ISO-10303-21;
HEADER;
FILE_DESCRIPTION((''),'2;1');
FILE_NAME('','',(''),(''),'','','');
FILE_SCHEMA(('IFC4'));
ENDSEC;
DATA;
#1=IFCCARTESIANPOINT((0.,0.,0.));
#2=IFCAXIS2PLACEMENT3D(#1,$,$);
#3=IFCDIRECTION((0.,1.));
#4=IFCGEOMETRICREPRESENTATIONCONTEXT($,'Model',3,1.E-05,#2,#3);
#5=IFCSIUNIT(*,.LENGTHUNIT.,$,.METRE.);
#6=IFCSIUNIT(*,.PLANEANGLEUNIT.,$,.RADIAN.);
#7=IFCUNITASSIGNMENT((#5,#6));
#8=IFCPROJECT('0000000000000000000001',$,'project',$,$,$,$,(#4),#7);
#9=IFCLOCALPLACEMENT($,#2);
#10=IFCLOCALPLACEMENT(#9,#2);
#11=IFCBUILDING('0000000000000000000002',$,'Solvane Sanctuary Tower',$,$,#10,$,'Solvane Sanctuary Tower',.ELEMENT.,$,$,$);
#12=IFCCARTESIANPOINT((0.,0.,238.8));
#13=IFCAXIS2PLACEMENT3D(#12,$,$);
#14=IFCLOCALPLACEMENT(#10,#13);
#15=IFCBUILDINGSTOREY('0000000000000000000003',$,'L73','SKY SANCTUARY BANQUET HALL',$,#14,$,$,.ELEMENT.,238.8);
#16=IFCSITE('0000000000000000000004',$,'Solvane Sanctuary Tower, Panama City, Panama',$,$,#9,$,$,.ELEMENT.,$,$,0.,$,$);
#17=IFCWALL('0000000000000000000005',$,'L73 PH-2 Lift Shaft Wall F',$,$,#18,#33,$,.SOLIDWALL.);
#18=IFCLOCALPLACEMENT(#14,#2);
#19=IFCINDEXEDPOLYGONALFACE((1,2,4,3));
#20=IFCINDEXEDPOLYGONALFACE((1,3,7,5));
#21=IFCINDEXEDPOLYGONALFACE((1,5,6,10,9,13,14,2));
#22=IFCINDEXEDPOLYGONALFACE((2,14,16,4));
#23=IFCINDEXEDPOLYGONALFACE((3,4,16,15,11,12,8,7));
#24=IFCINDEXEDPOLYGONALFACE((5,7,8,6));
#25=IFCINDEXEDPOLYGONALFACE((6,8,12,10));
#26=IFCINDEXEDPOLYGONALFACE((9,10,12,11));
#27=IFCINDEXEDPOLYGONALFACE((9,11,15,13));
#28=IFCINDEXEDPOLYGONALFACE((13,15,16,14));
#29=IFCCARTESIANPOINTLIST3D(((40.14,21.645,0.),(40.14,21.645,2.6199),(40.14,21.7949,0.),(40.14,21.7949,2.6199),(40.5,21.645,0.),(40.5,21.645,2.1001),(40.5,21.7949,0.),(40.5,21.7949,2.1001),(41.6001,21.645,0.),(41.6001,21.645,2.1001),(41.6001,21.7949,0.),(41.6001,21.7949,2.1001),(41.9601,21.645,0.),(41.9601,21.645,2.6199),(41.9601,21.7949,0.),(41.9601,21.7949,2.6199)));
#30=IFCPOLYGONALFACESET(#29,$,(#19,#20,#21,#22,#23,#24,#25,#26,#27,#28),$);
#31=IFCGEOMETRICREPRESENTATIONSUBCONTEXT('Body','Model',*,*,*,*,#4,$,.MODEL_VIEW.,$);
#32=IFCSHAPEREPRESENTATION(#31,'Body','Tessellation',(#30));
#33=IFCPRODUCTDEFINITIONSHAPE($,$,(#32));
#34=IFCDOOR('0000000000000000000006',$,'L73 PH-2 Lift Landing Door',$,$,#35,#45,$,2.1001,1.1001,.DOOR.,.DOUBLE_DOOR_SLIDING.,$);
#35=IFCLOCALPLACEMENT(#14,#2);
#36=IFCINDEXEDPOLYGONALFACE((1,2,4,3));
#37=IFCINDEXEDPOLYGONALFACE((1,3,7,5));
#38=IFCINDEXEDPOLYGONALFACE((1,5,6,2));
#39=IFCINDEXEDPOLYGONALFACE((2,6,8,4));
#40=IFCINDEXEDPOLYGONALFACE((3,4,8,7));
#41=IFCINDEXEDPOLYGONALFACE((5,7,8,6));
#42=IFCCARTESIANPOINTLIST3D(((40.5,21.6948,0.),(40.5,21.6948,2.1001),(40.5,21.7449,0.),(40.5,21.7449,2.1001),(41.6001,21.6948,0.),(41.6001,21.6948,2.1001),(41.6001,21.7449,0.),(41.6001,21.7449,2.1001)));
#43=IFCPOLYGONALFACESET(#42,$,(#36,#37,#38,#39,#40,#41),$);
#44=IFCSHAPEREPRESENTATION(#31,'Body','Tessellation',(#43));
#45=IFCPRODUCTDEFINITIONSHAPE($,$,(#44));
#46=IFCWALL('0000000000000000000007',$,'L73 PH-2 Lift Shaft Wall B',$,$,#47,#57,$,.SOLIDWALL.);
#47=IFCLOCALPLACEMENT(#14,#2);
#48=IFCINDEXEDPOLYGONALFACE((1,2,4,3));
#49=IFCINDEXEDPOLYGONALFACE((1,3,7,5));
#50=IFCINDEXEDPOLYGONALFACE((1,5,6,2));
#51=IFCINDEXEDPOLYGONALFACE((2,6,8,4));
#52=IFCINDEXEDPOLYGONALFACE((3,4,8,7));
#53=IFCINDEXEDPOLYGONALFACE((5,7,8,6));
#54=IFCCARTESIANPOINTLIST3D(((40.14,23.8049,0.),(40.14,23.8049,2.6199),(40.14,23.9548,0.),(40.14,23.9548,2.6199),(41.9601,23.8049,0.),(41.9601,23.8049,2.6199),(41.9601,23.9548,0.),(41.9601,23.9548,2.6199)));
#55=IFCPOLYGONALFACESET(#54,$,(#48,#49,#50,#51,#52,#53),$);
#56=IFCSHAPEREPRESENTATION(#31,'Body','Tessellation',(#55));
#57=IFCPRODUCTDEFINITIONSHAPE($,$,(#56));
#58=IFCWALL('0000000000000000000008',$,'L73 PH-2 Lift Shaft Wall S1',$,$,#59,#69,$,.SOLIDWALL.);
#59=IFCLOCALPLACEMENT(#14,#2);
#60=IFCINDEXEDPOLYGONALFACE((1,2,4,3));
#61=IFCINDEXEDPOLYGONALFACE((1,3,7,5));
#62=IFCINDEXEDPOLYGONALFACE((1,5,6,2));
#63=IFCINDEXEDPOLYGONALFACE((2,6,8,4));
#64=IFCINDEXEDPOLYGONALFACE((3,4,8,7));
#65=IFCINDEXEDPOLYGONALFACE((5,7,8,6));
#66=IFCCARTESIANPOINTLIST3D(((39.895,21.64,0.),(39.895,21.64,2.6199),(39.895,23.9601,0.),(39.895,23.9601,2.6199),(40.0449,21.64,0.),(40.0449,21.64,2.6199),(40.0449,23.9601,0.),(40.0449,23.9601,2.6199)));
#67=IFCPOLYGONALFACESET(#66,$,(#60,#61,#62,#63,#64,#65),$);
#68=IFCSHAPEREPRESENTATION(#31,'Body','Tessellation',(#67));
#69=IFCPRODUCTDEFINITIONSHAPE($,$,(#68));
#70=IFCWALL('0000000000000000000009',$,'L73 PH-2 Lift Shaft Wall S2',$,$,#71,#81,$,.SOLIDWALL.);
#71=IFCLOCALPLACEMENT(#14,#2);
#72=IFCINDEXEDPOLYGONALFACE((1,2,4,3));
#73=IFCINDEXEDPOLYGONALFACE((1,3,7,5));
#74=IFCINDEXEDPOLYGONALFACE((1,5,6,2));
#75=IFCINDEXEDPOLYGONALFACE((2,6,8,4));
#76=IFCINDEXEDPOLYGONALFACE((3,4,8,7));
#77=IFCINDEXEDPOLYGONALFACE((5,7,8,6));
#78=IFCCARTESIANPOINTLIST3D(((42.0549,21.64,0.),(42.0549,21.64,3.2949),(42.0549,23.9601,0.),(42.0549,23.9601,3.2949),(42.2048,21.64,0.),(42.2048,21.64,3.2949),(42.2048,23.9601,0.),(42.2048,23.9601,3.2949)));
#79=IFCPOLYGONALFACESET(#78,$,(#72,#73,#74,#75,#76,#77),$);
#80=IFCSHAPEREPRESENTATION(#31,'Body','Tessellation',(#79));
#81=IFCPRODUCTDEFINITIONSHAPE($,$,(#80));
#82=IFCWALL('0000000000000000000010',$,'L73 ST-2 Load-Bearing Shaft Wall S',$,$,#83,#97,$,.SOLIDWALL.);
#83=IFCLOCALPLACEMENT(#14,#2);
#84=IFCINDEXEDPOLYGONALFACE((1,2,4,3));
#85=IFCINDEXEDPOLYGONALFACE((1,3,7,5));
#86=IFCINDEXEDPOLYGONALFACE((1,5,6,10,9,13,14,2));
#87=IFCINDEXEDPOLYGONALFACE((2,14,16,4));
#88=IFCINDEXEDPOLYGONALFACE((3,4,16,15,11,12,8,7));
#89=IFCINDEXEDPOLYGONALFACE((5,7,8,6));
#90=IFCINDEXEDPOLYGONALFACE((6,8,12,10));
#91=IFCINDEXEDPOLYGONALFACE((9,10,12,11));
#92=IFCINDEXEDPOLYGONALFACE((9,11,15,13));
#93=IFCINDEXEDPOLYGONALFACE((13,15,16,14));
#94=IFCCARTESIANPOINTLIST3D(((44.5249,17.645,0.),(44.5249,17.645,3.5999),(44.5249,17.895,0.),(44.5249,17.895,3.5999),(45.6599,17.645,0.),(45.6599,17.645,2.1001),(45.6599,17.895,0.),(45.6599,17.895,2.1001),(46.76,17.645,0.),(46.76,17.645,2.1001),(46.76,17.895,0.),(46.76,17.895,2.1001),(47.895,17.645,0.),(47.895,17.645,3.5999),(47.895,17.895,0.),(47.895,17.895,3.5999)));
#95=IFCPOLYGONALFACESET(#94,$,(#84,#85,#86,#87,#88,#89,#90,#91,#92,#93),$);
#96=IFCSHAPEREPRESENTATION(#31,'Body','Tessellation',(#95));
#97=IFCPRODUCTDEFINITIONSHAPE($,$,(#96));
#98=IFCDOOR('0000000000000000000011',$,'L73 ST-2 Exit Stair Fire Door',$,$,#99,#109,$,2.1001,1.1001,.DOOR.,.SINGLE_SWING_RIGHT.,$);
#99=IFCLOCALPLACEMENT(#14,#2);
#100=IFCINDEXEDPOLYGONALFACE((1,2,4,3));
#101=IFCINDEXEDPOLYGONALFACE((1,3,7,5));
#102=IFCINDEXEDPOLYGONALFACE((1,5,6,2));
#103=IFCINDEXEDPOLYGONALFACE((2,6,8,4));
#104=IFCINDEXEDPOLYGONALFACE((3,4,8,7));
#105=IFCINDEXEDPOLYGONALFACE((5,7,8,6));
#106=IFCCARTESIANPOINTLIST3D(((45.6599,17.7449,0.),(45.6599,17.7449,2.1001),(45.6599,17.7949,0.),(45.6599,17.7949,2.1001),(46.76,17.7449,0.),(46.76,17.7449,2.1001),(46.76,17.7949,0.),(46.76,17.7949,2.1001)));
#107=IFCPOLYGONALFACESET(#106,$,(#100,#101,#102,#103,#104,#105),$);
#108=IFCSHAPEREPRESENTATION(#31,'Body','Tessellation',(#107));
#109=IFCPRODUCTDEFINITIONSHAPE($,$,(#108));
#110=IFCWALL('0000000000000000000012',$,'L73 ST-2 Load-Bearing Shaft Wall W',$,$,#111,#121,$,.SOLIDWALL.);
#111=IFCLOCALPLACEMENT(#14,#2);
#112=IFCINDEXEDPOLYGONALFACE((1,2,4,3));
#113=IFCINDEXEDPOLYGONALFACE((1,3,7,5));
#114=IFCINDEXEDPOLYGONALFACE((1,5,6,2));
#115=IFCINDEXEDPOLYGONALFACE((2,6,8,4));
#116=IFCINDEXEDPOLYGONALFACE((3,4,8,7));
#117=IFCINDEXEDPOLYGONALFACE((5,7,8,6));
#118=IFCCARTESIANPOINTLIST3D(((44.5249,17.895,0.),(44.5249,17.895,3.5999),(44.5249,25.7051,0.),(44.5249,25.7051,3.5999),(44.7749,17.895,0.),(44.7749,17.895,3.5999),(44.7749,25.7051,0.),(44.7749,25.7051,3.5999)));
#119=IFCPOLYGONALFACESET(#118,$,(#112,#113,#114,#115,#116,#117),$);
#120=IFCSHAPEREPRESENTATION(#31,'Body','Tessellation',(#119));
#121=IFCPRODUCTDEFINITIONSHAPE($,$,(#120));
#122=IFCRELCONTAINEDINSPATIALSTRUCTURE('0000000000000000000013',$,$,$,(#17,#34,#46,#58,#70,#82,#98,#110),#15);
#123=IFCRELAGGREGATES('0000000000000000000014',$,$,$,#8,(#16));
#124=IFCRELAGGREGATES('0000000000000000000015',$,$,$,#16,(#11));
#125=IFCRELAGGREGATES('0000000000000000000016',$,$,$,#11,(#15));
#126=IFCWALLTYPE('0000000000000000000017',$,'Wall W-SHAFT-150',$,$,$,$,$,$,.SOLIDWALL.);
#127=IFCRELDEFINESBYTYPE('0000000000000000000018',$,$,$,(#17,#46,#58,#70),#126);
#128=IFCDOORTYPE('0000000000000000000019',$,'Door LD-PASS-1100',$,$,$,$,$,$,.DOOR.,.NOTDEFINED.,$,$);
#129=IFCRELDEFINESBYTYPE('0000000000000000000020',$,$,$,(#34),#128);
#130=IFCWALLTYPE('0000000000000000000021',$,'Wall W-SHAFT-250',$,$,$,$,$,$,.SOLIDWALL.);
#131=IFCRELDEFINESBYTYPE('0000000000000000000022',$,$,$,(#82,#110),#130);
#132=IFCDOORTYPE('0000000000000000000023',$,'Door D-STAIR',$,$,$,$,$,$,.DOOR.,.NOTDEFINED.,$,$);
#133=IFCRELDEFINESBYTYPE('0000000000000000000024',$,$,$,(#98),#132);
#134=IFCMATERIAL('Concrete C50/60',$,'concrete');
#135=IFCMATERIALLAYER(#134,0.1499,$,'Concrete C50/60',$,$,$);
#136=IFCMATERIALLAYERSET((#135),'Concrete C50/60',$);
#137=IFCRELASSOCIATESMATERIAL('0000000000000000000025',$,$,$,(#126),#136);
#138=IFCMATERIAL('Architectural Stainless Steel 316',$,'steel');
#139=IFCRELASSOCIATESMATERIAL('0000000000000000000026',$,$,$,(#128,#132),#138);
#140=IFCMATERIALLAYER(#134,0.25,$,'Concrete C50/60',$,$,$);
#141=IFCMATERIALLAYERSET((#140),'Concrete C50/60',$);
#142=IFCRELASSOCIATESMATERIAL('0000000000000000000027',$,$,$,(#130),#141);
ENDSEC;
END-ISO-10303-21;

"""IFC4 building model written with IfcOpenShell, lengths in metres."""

from ifc_helpers import new_model, si_unit, direction, frame, frame_2d, origin, place, context, subcontext, project, spatial, rectangle, extrude, material, layer, layer_set, type_object, element, fill, save


model = new_model("IFC4")

# Units and contexts
model_context = context("Model", 3, precision=1e-05, world=origin(), true_north=direction((0.0, 1.0)))
body_context = subcontext(model_context, "Body", "Model", "MODEL_VIEW")
ifc_project = project(units=[si_unit("LENGTHUNIT", "METRE"), si_unit("PLANEANGLEUNIT", "RADIAN")], contexts=[model_context])

# Site, building, storey
site_placement = place(None, origin())
site = spatial("IfcSite", under=ifc_project, at=site_placement, Name="Solvane Sanctuary Tower, Panama City, Panama", CompositionType="ELEMENT", RefElevation=0.0)
building_placement = place(site_placement, origin())
building = spatial("IfcBuilding", under=site, at=building_placement, Name="Solvane Sanctuary Tower", LongName="Solvane Sanctuary Tower", CompositionType="ELEMENT")
storey_placement = place(building_placement, frame((0.0, 0.0, 238.8)))
storey = spatial("IfcBuildingStorey", under=building, at=storey_placement, Name="L73", Description="SKY SANCTUARY BANQUET HALL", CompositionType="ELEMENT", Elevation=238.8)

# Shared definitions
ifc_material_1 = material(Name="Architectural Stainless Steel 316", Category="steel")

# Wall, opening, door
ifc_material_2 = material(Name="Concrete C50/60", Category="concrete")
ifc_layer_1 = layer(ifc_material_2, 0.1499, Name="Concrete C50/60")
ifc_layer_set_1 = layer_set([ifc_layer_1], Name="Concrete C50/60")
wall_type_1 = type_object("IfcWallType", Name="Wall W-SHAFT-150", PredefinedType="SOLIDWALL", material=ifc_layer_set_1)
wall_1_placement = place(storey_placement, frame((40.1399, 21.72, 0.0), z_axis=(0.0, 0.0, 1.0), x_axis=(1.0, 0.0, 0.0)))
wall_1 = element("IfcWall", 1, at=wall_1_placement, inside=storey, type_object=wall_type_1, Name="L73 PH-2 Lift Shaft Wall F", PredefinedType="SOLIDWALL", context=body_context, shape_type="SweptSolid", body=[
    extrude(rectangle(XDim=1.8201, YDim=0.1499, at=frame_2d((0.9102, 0.0))), origin(), (0.0, 0.0, 1.0), 2.6199),
])
opening_1_placement = place(wall_1_placement, frame((0.3601, 0.0, 0.0)))
opening_1 = element("IfcOpeningElement", 2, at=opening_1_placement, cuts=wall_1, PredefinedType="OPENING", context=body_context, shape_type="SweptSolid", body=[
    extrude(rectangle(XDim=1.1001, YDim=2.1001, at=frame_2d((0.55, 1.05))), frame((0.0, 0.085, 0.0), z_axis=(0.0, -1.0, 0.0), x_axis=(1.0, 0.0, 0.0)), (0.0, 0.0, 1.0), 0.1699),
])
door_type_1 = type_object("IfcDoorType", Name="Door LD-PASS-1100", OperationType="NOTDEFINED", PredefinedType="DOOR", material=ifc_material_1)
door_1_placement = place(opening_1_placement, origin())
door_1 = element("IfcDoor", 3, at=door_1_placement, inside=storey, type_object=door_type_1, Name="L73 PH-2 Lift Landing Door", OperationType="DOUBLE_DOOR_SLIDING", OverallHeight=2.1001, OverallWidth=1.1001, PredefinedType="DOOR", context=body_context, shape_type="SweptSolid", body=[
    extrude(rectangle(XDim=1.1001, YDim=2.1001, at=frame_2d((0.55, 1.05))), frame((0.0, 0.0249, 0.0), z_axis=(0.0, -1.0, 0.0), x_axis=(1.0, 0.0, 0.0)), (0.0, 0.0, 1.0), 0.05),
])
fill(opening_1, door_1)

# Walls
wall_2_placement = place(storey_placement, frame((40.1399, 23.8799, 0.0), z_axis=(0.0, 0.0, 1.0), x_axis=(1.0, 0.0, 0.0)))
element("IfcWall", 4, at=wall_2_placement, inside=storey, type_object=wall_type_1, Name="L73 PH-2 Lift Shaft Wall B", PredefinedType="SOLIDWALL", context=body_context, shape_type="SweptSolid", body=[
    extrude(rectangle(XDim=1.8201, YDim=0.1499, at=frame_2d((0.9102, 0.0))), origin(), (0.0, 0.0, 1.0), 2.6199),
])
wall_3_placement = place(storey_placement, frame((39.97, 21.6399, 0.0), z_axis=(0.0, 0.0, 1.0), x_axis=(0.0, 1.0, 0.0)))
element("IfcWall", 5, at=wall_3_placement, inside=storey, type_object=wall_type_1, Name="L73 PH-2 Lift Shaft Wall S1", PredefinedType="SOLIDWALL", context=body_context, shape_type="SweptSolid", body=[
    extrude(rectangle(XDim=2.3201, YDim=0.1499, at=frame_2d((1.1602, 0.0))), origin(), (0.0, 0.0, 1.0), 2.6199),
])
wall_4_placement = place(storey_placement, frame((42.1299, 21.6399, 0.0), z_axis=(0.0, 0.0, 1.0), x_axis=(0.0, 1.0, 0.0)))
element("IfcWall", 6, at=wall_4_placement, inside=storey, type_object=wall_type_1, Name="L73 PH-2 Lift Shaft Wall S2", PredefinedType="SOLIDWALL", context=body_context, shape_type="SweptSolid", body=[
    extrude(rectangle(XDim=2.3201, YDim=0.1499, at=frame_2d((1.1602, 0.0))), origin(), (0.0, 0.0, 1.0), 3.2949),
])

# Wall, opening, door
ifc_layer_2 = layer(ifc_material_2, 0.25, Name="Concrete C50/60")
ifc_layer_set_2 = layer_set([ifc_layer_2], Name="Concrete C50/60")
wall_type_2 = type_object("IfcWallType", Name="Wall W-SHAFT-250", PredefinedType="SOLIDWALL", material=ifc_layer_set_2)
wall_5_placement = place(storey_placement, frame((44.5249, 17.77, 0.0), z_axis=(0.0, 0.0, 1.0), x_axis=(1.0, 0.0, 0.0)))
wall_5 = element("IfcWall", 7, at=wall_5_placement, inside=storey, type_object=wall_type_2, Name="L73 ST-2 Load-Bearing Shaft Wall S", PredefinedType="SOLIDWALL", context=body_context, shape_type="SweptSolid", body=[
    extrude(rectangle(XDim=3.3701, YDim=0.25, at=frame_2d((1.6851, 0.0))), origin(), (0.0, 0.0, 1.0), 3.5999),
])
opening_2_placement = place(wall_5_placement, frame((1.135, 0.0, 0.0)))
opening_2 = element("IfcOpeningElement", 8, at=opening_2_placement, cuts=wall_5, PredefinedType="OPENING", context=body_context, shape_type="SweptSolid", body=[
    extrude(rectangle(XDim=1.1001, YDim=2.1001, at=frame_2d((0.55, 1.05))), frame((0.0, 0.135, 0.0), z_axis=(0.0, -1.0, 0.0), x_axis=(1.0, 0.0, 0.0)), (0.0, 0.0, 1.0), 0.27),
])
door_type_2 = type_object("IfcDoorType", Name="Door D-STAIR", OperationType="NOTDEFINED", PredefinedType="DOOR", material=ifc_material_1)
door_2_placement = place(opening_2_placement, origin())
door_2 = element("IfcDoor", 9, at=door_2_placement, inside=storey, type_object=door_type_2, Name="L73 ST-2 Exit Stair Fire Door", OperationType="SINGLE_SWING_RIGHT", OverallHeight=2.1001, OverallWidth=1.1001, PredefinedType="DOOR", context=body_context, shape_type="SweptSolid", body=[
    extrude(rectangle(XDim=1.1001, YDim=2.1001, at=frame_2d((0.55, 1.05))), frame((0.0, 0.0249, 0.0), z_axis=(0.0, -1.0, 0.0), x_axis=(1.0, 0.0, 0.0)), (0.0, 0.0, 1.0), 0.05),
])
fill(opening_2, door_2)

# Wall
wall_6_placement = place(storey_placement, frame((44.6499, 17.895, 0.0), z_axis=(0.0, 0.0, 1.0), x_axis=(0.0, 1.0, 0.0)))
element("IfcWall", 10, at=wall_6_placement, inside=storey, type_object=wall_type_2, Name="L73 ST-2 Load-Bearing Shaft Wall W", PredefinedType="SOLIDWALL", context=body_context, shape_type="SweptSolid", body=[
    extrude(rectangle(XDim=7.8101, YDim=0.25, at=frame_2d((3.905, 0.0))), origin(), (0.0, 0.0, 1.0), 3.5999),
])

save(model, "model.ifc")
